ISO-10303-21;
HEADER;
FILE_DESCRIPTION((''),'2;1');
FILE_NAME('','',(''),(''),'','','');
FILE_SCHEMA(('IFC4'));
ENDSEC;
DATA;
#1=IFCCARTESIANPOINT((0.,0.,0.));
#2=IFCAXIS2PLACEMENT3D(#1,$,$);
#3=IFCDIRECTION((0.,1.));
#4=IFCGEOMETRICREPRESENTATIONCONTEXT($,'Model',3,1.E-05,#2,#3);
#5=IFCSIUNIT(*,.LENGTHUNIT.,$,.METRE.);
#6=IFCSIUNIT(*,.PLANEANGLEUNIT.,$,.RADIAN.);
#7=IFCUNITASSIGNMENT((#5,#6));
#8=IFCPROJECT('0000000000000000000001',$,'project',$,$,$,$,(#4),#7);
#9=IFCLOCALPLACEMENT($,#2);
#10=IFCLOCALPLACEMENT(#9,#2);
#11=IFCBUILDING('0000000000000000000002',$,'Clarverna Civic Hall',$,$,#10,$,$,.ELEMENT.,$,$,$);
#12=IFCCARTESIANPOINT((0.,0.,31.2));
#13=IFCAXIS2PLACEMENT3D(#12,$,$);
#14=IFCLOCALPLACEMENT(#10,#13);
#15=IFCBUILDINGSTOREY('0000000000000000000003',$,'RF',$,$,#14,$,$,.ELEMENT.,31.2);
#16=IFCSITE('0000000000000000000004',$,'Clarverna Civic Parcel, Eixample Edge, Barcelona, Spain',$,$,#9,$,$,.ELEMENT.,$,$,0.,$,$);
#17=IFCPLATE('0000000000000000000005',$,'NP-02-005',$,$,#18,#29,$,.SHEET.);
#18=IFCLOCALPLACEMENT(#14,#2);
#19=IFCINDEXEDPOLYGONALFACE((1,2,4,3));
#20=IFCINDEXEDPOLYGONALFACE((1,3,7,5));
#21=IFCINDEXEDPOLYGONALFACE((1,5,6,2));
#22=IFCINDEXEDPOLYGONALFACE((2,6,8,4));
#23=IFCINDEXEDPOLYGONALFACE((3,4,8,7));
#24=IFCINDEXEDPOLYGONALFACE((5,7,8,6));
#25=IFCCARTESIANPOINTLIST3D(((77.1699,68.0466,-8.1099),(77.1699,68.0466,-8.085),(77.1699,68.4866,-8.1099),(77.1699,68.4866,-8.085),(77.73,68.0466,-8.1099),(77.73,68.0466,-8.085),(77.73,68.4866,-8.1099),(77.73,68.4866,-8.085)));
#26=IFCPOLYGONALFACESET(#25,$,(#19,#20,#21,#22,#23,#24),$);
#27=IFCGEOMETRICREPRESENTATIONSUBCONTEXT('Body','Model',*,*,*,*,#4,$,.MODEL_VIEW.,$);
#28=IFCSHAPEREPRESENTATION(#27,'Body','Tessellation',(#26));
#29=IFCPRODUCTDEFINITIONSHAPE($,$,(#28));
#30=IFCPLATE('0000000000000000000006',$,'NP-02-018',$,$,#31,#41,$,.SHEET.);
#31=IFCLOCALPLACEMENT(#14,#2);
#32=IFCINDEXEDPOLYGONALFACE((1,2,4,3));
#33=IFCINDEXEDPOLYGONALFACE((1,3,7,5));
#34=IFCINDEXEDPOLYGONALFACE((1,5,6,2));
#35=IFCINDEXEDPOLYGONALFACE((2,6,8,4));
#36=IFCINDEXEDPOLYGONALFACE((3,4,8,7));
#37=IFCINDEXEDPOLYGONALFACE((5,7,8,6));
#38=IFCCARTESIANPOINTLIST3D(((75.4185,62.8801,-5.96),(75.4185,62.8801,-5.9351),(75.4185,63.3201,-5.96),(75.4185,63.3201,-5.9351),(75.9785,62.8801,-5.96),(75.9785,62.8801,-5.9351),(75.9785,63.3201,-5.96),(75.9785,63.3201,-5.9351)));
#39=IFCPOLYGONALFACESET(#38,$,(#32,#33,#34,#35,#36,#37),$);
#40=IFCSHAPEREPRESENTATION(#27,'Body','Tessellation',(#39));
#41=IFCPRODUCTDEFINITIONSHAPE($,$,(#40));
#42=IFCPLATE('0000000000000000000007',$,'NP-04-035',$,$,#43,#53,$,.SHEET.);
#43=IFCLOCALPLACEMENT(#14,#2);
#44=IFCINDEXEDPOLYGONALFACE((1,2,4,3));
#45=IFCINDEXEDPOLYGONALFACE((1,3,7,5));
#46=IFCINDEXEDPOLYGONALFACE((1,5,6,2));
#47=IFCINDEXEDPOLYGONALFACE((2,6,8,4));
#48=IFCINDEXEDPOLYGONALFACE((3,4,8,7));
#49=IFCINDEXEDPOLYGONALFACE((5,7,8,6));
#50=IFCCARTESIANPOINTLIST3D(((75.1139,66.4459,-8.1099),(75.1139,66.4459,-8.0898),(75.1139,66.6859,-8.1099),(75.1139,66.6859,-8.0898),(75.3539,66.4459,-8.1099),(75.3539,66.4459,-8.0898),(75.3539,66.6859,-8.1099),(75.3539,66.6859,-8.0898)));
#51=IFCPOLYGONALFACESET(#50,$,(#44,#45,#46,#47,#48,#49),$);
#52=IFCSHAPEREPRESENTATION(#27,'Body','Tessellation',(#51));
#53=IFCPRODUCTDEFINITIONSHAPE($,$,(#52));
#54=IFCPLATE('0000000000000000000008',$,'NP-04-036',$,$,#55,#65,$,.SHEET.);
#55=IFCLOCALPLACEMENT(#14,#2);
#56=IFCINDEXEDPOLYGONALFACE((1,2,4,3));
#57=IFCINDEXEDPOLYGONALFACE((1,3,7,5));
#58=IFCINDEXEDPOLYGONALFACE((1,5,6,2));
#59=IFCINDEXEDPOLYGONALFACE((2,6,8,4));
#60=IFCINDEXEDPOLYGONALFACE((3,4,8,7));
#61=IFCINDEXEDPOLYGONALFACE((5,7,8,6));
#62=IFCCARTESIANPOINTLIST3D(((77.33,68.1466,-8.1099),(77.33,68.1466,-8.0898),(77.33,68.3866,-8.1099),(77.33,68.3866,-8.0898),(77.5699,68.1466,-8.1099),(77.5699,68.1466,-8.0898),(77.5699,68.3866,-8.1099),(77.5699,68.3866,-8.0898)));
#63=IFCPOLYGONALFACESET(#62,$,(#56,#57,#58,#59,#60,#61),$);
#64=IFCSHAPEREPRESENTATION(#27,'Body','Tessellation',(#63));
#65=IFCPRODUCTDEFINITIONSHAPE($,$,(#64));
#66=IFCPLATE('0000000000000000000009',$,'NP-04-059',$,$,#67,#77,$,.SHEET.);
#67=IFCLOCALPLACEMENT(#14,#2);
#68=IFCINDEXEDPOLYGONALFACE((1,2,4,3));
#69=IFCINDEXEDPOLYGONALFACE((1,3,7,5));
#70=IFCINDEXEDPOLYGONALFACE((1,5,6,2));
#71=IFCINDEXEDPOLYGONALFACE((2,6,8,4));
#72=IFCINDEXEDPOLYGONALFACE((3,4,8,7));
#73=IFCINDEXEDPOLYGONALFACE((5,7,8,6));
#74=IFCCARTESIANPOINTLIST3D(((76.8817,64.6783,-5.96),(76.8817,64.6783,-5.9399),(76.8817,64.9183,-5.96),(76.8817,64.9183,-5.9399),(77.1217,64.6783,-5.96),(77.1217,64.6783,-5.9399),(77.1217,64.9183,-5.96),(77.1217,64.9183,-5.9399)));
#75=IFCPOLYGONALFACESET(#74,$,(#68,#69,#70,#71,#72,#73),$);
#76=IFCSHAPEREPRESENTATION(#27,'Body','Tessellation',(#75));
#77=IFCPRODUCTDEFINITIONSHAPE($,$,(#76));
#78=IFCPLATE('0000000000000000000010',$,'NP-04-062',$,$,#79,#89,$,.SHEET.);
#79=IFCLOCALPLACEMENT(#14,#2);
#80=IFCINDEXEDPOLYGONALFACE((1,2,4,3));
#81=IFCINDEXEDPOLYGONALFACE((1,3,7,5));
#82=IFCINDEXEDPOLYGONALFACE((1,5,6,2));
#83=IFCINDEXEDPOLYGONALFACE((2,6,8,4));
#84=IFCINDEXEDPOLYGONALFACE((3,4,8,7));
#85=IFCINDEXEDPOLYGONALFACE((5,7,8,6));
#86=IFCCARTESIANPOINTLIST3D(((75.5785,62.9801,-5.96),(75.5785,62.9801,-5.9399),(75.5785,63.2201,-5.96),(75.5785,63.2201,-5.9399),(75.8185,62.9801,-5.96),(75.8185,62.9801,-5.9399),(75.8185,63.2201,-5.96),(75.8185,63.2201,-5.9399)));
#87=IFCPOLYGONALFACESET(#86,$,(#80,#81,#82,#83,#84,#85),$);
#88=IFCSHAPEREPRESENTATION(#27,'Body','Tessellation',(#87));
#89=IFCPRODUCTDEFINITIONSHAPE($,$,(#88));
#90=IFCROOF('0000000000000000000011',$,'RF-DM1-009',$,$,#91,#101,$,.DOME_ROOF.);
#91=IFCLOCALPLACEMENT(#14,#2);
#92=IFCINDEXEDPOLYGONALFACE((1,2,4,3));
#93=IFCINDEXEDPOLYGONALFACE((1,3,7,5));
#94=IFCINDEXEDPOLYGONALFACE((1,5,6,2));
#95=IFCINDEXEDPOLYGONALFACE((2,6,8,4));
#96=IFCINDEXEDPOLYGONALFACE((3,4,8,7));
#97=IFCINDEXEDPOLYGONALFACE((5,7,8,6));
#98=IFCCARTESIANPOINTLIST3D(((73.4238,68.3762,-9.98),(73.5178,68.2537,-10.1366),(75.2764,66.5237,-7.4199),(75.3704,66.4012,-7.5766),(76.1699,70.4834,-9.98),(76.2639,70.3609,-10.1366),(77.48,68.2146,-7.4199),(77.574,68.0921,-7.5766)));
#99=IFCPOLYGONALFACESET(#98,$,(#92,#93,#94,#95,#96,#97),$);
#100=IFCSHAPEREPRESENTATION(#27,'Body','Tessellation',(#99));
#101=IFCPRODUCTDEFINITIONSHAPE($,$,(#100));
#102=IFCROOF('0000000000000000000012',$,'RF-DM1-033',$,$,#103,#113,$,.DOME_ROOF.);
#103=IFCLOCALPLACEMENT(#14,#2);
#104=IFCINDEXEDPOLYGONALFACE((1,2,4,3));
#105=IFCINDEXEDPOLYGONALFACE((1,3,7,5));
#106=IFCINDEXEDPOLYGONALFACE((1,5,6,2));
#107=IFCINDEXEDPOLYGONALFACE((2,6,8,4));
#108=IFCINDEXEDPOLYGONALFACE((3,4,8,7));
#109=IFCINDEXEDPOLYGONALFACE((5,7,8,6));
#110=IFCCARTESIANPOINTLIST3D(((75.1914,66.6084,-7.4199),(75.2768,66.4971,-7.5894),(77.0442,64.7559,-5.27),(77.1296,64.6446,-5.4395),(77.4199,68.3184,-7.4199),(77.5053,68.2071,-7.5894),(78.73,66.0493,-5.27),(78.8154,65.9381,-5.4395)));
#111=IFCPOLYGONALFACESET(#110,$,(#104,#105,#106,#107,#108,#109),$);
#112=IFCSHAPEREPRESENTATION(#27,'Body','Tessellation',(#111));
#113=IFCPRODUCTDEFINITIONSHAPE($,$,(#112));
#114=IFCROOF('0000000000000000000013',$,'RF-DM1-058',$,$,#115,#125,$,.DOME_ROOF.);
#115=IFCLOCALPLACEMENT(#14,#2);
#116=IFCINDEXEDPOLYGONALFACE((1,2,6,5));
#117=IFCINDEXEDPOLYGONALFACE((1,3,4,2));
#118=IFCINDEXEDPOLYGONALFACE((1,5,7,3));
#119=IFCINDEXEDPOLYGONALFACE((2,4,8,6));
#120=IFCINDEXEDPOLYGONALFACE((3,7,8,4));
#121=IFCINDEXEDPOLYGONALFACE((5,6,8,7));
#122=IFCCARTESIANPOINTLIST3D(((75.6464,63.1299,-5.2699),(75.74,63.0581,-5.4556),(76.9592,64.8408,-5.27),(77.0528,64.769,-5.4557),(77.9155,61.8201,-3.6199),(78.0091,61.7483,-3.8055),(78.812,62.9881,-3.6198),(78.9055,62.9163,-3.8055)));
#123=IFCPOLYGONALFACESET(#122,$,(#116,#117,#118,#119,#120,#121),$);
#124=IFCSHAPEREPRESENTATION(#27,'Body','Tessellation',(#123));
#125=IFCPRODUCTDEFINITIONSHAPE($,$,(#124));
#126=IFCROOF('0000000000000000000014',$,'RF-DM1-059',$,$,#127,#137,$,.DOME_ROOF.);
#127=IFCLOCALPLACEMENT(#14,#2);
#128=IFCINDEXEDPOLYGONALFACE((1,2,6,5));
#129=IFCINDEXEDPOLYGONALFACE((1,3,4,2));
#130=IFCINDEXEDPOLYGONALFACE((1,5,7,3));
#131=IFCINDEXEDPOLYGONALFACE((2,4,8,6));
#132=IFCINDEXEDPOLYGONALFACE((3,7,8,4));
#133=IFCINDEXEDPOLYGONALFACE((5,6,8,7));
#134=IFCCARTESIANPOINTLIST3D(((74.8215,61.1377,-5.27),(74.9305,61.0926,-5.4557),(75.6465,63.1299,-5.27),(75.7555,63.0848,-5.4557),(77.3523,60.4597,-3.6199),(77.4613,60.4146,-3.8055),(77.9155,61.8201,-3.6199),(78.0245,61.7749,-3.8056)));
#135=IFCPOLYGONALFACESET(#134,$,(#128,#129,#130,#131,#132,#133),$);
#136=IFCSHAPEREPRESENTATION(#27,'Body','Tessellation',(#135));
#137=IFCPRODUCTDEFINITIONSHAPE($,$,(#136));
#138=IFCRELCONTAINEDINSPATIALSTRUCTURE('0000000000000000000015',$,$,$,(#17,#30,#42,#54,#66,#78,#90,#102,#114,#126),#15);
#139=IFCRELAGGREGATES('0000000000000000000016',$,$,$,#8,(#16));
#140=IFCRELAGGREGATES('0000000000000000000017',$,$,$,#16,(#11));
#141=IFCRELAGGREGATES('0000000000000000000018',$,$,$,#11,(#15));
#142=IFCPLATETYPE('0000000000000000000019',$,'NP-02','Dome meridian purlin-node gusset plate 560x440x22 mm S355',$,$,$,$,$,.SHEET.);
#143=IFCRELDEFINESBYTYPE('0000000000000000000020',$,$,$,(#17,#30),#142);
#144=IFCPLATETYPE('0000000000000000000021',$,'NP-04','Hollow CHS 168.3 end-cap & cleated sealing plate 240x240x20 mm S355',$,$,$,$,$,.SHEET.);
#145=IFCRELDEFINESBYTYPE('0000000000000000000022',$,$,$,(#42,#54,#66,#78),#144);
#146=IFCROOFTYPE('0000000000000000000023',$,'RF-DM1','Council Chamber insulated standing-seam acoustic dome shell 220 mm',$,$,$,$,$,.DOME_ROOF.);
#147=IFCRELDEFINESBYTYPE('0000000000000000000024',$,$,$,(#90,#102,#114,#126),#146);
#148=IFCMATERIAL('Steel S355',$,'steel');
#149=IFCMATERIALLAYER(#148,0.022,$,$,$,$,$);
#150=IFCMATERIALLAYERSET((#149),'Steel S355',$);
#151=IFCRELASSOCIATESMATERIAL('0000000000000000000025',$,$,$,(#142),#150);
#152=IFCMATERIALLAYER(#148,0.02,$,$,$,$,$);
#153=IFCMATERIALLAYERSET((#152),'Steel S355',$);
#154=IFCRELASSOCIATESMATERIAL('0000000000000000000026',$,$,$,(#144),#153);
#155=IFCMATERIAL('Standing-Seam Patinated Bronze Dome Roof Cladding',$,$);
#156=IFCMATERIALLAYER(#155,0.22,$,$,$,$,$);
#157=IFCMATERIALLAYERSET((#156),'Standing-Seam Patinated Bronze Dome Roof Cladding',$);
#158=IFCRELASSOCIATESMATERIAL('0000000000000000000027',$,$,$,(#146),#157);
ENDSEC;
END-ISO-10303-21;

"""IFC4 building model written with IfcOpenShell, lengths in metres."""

from ifc_helpers import new_model, si_unit, direction, frame, origin, origin_2d, place, context, subcontext, project, spatial, polyline, rectangle, outline, extrude, material, layer, layer_set, type_object, element, save


model = new_model("IFC4")

# Units and contexts
model_context = context("Model", 3, precision=1e-05, world=origin(), true_north=direction((0.0, 1.0)))
body_context = subcontext(model_context, "Body", "Model", "MODEL_VIEW")
ifc_project = project(units=[si_unit("LENGTHUNIT", "METRE"), si_unit("PLANEANGLEUNIT", "RADIAN")], contexts=[model_context])

# Site, building, storey
site_placement = place(None, origin())
site = spatial("IfcSite", under=ifc_project, at=site_placement, Name="Clarverna Civic Parcel, Eixample Edge, Barcelona, Spain", CompositionType="ELEMENT", RefElevation=0.0)
building_placement = place(site_placement, origin())
building = spatial("IfcBuilding", under=site, at=building_placement, Name="Clarverna Civic Hall", CompositionType="ELEMENT")
storey_placement = place(building_placement, frame((0.0, 0.0, 31.2)))
storey = spatial("IfcBuildingStorey", under=building, at=storey_placement, Name="RF", CompositionType="ELEMENT", Elevation=31.2)

# Shared definitions
ifc_material_1 = material(Name="Steel S355", Category="steel")

# Plates
ifc_layer_1 = layer(ifc_material_1, 0.022)
ifc_layer_set_1 = layer_set([ifc_layer_1], Name="Steel S355")
plate_type_1 = type_object("IfcPlateType", Name="NP-02", Description="Dome meridian purlin-node gusset plate 560x440x22 mm S355", PredefinedType="SHEET", material=ifc_layer_set_1)
for number, where, z_axis, x_axis, name in (
    (1, (77.45, 68.2666, -8.1099), (0.0, 0.0, 1.0), (1.0, 0.0, 0.0), "NP-02-005"),
    (2, (75.6985, 63.1001, -5.96), (0.0, 0.0, 1.0), (1.0, 0.0, 0.0), "NP-02-018"),
):
    element("IfcPlate", number, at=place(storey_placement, frame(where, z_axis=z_axis, x_axis=x_axis)), inside=storey, type_object=plate_type_1, Name=name, PredefinedType="SHEET", context=body_context, shape_type="SweptSolid", body=[
        extrude(rectangle(XDim=0.5601, YDim=0.4399, at=origin_2d()), origin(), (0.0, 0.0, 1.0), 0.0249),
    ])
ifc_layer_2 = layer(ifc_material_1, 0.02)
ifc_layer_set_2 = layer_set([ifc_layer_2], Name="Steel S355")
plate_type_2 = type_object("IfcPlateType", Name="NP-04", Description="Hollow CHS 168.3 end-cap & cleated sealing plate 240x240x20 mm S355", PredefinedType="SHEET", material=ifc_layer_set_2)
for number, where, z_axis, x_axis, name in (
    (3, (75.2339, 66.5659, -8.1099), (0.0, 0.0, 1.0), (1.0, 0.0, 0.0), "NP-04-035"),
    (4, (77.45, 68.2666, -8.1099), (0.0, 0.0, 1.0), (1.0, 0.0, 0.0), "NP-04-036"),
    (5, (77.0017, 64.7983, -5.96), (0.0, 0.0, 1.0), (1.0, 0.0, 0.0), "NP-04-059"),
    (6, (75.6985, 63.1001, -5.96), (0.0, 0.0, 1.0), (1.0, 0.0, 0.0), "NP-04-062"),
):
    element("IfcPlate", number, at=place(storey_placement, frame(where, z_axis=z_axis, x_axis=x_axis)), inside=storey, type_object=plate_type_2, Name=name, PredefinedType="SHEET", context=body_context, shape_type="SweptSolid", body=[
        extrude(rectangle(XDim=0.24, YDim=0.24, at=origin_2d()), origin(), (0.0, 0.0, 1.0), 0.02),
    ])

# Roofs
ifc_material_2 = material(Name="Standing-Seam Patinated Bronze Dome Roof Cladding")
ifc_layer_3 = layer(ifc_material_2, 0.22)
ifc_layer_set_3 = layer_set([ifc_layer_3], Name="Standing-Seam Patinated Bronze Dome Roof Cladding")
roof_type = type_object("IfcRoofType", Name="RF-DM1", Description="Council Chamber insulated standing-seam acoustic dome shell 220 mm", PredefinedType="DOME_ROOF", material=ifc_layer_set_3)
roof_1_placement = place(storey_placement, frame((76.1699, 70.4834, -9.98), z_axis=(-0.427329, 0.556899, 0.712218), x_axis=(-0.79335, -0.608766, 0.0)))
element("IfcRoof", 7, at=roof_1_placement, inside=storey, type_object=roof_type, Name="RF-DM1-009", PredefinedType="DOME_ROOF", context=body_context, shape_type="SweptSolid", body=[
    extrude(outline(polyline([(0.0, 0.0), (3.4614, 0.0), (3.1194, 3.647), (0.3418, 3.647), (0.0, 0.0)])), origin(), (0.0, 0.0, -1.0), 0.22),
])
roof_2_placement = place(storey_placement, frame((77.4199, 68.3184, -7.4199), z_axis=(-0.388129, 0.505843, 0.770376), x_axis=(-0.793363, -0.608749, 0.000005)))
element("IfcRoof", 8, at=roof_2_placement, inside=storey, type_object=roof_type, Name="RF-DM1-033", PredefinedType="DOME_ROOF", context=body_context, shape_type="SweptSolid", body=[
    extrude(outline(polyline([(0.0, 0.0), (2.809, 0.0), (2.4668, 3.3719), (0.3419, 3.3719), (0.0, 0.0)])), origin(), (0.0, 0.0, -1.0), 0.22),
])
roof_3_placement = place(storey_placement, frame((76.9592, 64.8408, -5.27), z_axis=(-0.425385, 0.326434, 0.84409), x_axis=(-0.608748, -0.793364, 0.000034)))
element("IfcRoof", 9, at=roof_3_placement, inside=storey, type_object=roof_type, Name="RF-DM1-058", PredefinedType="DOME_ROOF", context=body_context, shape_type="SweptSolid", body=[
    extrude(outline(polyline([(0.0, 0.0), (2.1565, 0.0), (1.8145, 3.0774), (0.3421, 3.0776), (0.0, 0.0)])), origin(), (0.0, 0.0, -1.0), 0.22),
])
roof_4_placement = place(storey_placement, frame((75.6465, 63.1299, -5.27), z_axis=(-0.495424, 0.20514, 0.844081), x_axis=(-0.382583, -0.923921, -0.000009)))
element("IfcRoof", 10, at=roof_4_placement, inside=storey, type_object=roof_type, Name="RF-DM1-059", PredefinedType="DOME_ROOF", context=body_context, shape_type="SweptSolid", body=[
    extrude(outline(polyline([(0.0, 0.0), (2.1562, 0.0), (1.8144, 3.0774), (0.3421, 3.0774), (0.0, 0.0)])), origin(), (0.0, 0.0, -1.0), 0.22),
])

save(model, "model.ifc")
